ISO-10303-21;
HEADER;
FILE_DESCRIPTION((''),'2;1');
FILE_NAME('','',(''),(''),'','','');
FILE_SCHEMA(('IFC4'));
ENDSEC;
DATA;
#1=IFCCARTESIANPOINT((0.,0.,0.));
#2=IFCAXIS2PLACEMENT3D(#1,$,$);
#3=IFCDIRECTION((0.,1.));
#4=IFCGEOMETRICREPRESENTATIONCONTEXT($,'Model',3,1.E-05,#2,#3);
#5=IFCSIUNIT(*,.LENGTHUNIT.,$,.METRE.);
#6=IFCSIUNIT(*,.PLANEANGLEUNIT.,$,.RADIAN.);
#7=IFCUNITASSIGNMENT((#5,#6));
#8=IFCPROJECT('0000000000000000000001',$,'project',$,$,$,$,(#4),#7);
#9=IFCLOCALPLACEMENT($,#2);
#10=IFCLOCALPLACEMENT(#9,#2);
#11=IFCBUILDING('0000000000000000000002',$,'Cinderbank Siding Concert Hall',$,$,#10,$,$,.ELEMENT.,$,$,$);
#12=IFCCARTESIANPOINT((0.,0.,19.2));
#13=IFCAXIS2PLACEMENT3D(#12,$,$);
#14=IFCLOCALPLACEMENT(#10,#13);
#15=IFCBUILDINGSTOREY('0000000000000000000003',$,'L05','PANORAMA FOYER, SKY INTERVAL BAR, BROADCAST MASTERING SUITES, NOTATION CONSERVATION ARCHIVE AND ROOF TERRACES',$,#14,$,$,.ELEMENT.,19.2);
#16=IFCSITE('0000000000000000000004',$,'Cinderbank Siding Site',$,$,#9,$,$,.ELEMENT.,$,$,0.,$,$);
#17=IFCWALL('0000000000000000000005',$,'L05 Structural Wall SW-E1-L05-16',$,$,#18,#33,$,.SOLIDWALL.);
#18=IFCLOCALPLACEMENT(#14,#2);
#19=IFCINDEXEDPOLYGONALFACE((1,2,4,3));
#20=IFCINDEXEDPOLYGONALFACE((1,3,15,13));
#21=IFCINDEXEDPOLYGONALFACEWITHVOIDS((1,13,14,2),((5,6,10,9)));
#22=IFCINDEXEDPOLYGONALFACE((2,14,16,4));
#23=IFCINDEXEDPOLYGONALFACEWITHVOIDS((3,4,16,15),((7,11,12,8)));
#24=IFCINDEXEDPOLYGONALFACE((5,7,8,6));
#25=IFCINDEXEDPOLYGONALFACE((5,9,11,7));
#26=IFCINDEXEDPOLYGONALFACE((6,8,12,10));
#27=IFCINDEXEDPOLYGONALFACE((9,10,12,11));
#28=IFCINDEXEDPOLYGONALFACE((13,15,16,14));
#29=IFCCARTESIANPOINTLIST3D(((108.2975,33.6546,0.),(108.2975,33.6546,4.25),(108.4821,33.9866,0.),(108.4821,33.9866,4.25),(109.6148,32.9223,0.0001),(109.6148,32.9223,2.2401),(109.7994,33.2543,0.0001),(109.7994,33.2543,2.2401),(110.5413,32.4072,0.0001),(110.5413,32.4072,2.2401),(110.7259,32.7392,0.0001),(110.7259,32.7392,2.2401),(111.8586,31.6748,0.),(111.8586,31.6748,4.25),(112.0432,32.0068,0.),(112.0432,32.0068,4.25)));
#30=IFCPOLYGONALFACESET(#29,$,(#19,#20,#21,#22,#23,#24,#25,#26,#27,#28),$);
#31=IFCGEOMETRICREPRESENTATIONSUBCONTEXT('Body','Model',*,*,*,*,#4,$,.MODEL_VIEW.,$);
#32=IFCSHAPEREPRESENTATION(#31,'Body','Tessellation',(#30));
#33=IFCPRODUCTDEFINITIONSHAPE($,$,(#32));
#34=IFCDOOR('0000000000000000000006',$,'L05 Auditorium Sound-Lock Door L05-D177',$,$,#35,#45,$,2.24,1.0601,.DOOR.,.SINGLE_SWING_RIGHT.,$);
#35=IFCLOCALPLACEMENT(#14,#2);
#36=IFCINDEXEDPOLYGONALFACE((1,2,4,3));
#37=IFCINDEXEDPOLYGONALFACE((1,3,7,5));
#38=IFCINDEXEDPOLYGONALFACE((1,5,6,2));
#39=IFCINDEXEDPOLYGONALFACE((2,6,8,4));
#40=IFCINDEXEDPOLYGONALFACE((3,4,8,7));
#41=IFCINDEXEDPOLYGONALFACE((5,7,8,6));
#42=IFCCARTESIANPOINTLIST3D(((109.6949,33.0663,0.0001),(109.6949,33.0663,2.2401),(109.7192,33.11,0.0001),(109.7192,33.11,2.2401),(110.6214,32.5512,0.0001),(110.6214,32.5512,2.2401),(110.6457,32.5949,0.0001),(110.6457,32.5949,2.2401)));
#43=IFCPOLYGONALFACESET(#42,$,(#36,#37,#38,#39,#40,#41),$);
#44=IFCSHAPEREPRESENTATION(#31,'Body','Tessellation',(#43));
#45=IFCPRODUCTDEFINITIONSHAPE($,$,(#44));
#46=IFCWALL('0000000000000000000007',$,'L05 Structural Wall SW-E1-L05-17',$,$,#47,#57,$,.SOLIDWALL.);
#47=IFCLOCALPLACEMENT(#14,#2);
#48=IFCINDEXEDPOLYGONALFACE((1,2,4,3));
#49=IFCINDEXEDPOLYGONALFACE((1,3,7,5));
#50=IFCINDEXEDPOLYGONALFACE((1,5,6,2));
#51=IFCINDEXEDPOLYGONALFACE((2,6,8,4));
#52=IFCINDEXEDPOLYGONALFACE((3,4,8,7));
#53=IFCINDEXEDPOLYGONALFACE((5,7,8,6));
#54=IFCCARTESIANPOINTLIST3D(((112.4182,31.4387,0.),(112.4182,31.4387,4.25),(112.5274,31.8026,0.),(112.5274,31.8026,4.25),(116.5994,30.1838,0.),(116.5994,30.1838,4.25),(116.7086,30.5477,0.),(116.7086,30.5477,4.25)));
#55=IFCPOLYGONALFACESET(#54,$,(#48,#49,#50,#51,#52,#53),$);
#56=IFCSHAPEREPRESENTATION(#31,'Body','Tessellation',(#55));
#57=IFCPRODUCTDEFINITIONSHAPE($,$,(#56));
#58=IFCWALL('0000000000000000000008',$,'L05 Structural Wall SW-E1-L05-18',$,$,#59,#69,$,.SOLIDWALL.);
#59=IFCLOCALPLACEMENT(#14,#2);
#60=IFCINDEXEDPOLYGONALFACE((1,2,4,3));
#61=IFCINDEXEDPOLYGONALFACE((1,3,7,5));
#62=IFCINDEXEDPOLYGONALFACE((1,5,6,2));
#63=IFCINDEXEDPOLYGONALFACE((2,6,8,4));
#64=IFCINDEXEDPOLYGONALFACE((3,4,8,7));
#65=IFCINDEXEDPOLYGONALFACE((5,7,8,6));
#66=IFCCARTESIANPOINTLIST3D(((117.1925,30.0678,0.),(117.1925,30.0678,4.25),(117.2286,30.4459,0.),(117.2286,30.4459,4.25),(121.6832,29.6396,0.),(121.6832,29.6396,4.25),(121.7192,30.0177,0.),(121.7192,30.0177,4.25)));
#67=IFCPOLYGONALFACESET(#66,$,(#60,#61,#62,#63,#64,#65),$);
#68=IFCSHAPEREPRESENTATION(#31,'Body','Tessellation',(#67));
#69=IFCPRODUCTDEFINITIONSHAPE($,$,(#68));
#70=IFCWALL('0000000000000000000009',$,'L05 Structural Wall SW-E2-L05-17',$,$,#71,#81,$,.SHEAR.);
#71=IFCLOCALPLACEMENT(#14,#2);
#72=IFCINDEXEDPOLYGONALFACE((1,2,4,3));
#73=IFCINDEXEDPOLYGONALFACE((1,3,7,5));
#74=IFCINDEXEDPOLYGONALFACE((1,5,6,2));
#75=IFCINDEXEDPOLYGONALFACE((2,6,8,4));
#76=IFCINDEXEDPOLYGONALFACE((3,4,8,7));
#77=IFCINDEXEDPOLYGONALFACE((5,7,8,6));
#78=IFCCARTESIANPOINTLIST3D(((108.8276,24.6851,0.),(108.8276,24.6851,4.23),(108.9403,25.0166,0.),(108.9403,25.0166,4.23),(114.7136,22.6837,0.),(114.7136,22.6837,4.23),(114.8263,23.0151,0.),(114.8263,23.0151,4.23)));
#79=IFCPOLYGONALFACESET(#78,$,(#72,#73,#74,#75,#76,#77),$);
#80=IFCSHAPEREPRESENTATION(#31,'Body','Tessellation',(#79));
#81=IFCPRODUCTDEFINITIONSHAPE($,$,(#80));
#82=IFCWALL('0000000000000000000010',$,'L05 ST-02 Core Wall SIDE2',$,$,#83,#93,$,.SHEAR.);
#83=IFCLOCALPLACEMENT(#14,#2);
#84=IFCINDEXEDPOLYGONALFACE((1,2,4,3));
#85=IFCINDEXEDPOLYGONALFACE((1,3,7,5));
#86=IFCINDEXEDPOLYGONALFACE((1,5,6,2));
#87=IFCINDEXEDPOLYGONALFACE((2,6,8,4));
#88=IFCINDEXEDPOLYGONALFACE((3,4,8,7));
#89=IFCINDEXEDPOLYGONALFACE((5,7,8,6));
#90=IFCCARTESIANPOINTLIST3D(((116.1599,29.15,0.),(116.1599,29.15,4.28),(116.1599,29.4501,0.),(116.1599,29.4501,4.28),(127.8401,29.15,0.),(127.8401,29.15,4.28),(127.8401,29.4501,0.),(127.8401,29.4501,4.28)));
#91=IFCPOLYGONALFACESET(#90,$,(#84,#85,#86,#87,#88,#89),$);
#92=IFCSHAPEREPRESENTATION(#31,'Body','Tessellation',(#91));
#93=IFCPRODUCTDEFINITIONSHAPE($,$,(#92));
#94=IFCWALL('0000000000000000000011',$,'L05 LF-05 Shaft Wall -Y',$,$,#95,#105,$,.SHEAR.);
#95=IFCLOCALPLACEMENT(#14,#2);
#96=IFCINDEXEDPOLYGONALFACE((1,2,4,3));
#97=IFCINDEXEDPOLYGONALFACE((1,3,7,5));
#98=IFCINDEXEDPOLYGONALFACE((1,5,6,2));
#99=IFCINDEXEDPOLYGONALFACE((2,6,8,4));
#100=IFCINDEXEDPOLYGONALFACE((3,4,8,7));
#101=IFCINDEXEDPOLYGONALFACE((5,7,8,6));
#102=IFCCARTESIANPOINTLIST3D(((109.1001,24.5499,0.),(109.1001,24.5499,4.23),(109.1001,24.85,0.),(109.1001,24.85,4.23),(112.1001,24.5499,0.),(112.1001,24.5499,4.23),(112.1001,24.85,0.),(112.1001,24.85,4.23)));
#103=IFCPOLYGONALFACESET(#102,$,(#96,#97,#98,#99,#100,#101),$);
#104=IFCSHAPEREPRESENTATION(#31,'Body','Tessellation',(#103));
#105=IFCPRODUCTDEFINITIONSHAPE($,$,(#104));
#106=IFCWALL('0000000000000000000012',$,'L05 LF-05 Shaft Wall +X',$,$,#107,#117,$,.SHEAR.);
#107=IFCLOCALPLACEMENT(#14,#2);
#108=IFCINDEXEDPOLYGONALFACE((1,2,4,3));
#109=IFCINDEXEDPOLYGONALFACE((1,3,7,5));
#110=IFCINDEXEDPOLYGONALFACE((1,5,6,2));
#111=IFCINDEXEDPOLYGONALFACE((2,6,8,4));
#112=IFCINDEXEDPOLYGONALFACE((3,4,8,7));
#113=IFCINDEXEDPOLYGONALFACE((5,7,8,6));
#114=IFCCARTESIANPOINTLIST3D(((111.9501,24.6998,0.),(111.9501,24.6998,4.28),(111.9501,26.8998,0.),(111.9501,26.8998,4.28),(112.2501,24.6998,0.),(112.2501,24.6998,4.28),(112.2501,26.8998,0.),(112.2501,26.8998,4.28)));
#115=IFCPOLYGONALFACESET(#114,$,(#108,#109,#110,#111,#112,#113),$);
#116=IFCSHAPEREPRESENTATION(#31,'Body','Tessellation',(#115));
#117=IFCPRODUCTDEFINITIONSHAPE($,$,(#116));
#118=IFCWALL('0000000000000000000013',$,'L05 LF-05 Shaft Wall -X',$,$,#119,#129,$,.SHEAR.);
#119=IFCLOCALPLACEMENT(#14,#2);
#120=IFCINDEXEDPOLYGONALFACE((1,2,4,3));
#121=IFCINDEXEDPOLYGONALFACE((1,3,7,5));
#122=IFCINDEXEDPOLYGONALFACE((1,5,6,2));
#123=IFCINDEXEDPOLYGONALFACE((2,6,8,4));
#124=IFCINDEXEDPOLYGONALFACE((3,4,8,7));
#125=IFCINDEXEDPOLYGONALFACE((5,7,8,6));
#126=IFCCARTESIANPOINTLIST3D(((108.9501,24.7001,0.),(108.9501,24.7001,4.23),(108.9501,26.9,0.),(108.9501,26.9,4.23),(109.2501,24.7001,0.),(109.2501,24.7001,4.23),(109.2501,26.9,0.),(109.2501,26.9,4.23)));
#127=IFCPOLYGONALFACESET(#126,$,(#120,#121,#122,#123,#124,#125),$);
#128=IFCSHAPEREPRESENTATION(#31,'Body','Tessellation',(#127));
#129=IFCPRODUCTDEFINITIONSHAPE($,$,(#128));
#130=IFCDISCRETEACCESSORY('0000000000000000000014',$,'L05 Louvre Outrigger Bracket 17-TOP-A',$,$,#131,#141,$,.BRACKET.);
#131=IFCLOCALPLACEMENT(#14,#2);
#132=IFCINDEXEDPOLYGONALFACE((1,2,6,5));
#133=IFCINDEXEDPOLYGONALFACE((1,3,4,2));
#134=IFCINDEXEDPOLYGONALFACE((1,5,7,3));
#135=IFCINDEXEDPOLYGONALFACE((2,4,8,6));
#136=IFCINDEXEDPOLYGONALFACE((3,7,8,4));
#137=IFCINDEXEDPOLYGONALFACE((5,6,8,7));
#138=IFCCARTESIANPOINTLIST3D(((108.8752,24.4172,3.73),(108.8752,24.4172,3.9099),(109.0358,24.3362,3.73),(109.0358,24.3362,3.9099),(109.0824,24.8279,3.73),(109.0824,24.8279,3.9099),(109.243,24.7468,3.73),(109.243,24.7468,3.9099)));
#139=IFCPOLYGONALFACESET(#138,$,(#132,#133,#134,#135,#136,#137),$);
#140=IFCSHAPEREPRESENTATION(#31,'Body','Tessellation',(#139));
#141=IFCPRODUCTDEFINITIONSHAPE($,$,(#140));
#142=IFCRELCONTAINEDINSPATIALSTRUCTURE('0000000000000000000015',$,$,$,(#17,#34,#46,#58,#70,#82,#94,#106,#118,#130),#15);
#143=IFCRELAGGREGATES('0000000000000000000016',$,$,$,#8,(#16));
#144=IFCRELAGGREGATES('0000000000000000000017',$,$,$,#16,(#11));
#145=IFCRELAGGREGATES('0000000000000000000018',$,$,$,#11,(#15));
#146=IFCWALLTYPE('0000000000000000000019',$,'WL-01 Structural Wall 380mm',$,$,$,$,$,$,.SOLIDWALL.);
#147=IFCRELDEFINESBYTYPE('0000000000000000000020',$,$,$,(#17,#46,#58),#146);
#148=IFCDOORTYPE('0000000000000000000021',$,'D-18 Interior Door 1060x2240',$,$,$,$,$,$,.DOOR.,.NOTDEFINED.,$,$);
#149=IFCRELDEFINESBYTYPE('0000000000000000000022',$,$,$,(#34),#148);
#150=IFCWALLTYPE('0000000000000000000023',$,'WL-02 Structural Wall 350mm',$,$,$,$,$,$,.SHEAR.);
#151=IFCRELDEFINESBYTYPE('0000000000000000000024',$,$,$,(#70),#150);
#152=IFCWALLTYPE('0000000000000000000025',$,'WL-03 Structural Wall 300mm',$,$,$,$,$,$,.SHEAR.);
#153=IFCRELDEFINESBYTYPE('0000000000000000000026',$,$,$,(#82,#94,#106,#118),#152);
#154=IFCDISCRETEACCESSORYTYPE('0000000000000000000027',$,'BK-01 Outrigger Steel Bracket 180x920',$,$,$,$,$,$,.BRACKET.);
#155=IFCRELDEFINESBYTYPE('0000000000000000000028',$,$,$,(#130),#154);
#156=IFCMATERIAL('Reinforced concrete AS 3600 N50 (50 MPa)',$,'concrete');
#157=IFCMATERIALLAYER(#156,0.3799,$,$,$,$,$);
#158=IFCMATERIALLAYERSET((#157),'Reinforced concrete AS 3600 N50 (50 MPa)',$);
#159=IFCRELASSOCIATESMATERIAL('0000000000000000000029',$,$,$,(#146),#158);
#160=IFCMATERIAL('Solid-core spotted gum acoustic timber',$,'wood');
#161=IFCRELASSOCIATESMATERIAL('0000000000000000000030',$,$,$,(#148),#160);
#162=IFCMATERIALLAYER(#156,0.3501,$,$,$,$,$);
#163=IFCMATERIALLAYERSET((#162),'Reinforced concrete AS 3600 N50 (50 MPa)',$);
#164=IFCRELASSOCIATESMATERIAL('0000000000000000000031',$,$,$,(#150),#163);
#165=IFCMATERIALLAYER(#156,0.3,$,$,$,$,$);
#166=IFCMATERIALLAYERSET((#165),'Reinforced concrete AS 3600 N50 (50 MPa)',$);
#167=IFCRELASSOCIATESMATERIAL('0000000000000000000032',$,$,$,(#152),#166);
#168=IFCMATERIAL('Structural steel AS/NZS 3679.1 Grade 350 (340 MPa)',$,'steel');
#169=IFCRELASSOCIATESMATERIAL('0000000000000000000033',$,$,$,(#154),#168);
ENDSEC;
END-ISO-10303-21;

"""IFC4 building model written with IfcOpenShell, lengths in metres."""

from ifc_helpers import new_model, si_unit, direction, frame, frame_2d, origin, origin_2d, place, context, subcontext, project, spatial, rectangle, extrude, material, layer, layer_set, type_object, element, fill, save


model = new_model("IFC4")

# Units and contexts
model_context = context("Model", 3, precision=1e-05, world=origin(), true_north=direction((0.0, 1.0)))
body_context = subcontext(model_context, "Body", "Model", "MODEL_VIEW")
ifc_project = project(units=[si_unit("LENGTHUNIT", "METRE"), si_unit("PLANEANGLEUNIT", "RADIAN")], contexts=[model_context])

# Site, building, storey
site_placement = place(None, origin())
site = spatial("IfcSite", under=ifc_project, at=site_placement, Name="Cinderbank Siding Site", CompositionType="ELEMENT", RefElevation=0.0)
building_placement = place(site_placement, origin())
building = spatial("IfcBuilding", under=site, at=building_placement, Name="Cinderbank Siding Concert Hall", CompositionType="ELEMENT")
storey_placement = place(building_placement, frame((0.0, 0.0, 19.2)))
storey = spatial("IfcBuildingStorey", under=building, at=storey_placement, Name="L05", Description="PANORAMA FOYER, SKY INTERVAL BAR, BROADCAST MASTERING SUITES, NOTATION CONSERVATION ARCHIVE AND ROOF TERRACES", CompositionType="ELEMENT", Elevation=19.2)

# Shared definitions
ifc_material_1 = material(Name="Reinforced concrete AS 3600 N50 (50 MPa)", Category="concrete")

# Shared definitions
ifc_material_2 = material(Name="Structural steel AS/NZS 3679.1 Grade 350 (340 MPa)", Category="steel")

# Wall, opening, door
ifc_layer_1 = layer(ifc_material_1, 0.3799)
ifc_layer_set_1 = layer_set([ifc_layer_1], Name="Reinforced concrete AS 3600 N50 (50 MPa)")
wall_type_1 = type_object("IfcWallType", Name="WL-01 Structural Wall 380mm", PredefinedType="SOLIDWALL", material=ifc_layer_set_1)
wall_1_placement = place(storey_placement, frame((108.3899, 33.8206, 0.0), z_axis=(0.0, 0.0, 1.0), x_axis=(0.874013, -0.485902, 0.0)))
wall_1 = element("IfcWall", 1, at=wall_1_placement, inside=storey, type_object=wall_type_1, Name="L05 Structural Wall SW-E1-L05-16", PredefinedType="SOLIDWALL", context=body_context, shape_type="SweptSolid", body=[
    extrude(rectangle(XDim=4.0745, YDim=0.3799, at=frame_2d((2.0371, 0.0))), origin(), (0.0, 0.0, 1.0), 4.25),
])
opening_1_placement = place(wall_1_placement, frame((1.5071, 0.0, 0.0)))
opening_1 = element("IfcOpeningElement", 2, at=opening_1_placement, cuts=wall_1, PredefinedType="OPENING", context=body_context, shape_type="SweptSolid", body=[
    extrude(rectangle(XDim=1.0601, YDim=2.24, at=frame_2d((0.53, 1.1201))), frame((0.0, 0.2019, 0.0), z_axis=(0.0, -1.0, 0.0), x_axis=(1.0, 0.0, 0.0)), (0.0, 0.0, 1.0), 0.4038),
])
ifc_material_3 = material(Name="Solid-core spotted gum acoustic timber", Category="wood")
door_type_1 = type_object("IfcDoorType", Name="D-18 Interior Door 1060x2240", OperationType="NOTDEFINED", PredefinedType="DOOR", material=ifc_material_3)
door_1_placement = place(opening_1_placement, origin())
door_1 = element("IfcDoor", 3, at=door_1_placement, inside=storey, type_object=door_type_1, Name="L05 Auditorium Sound-Lock Door L05-D177", OperationType="SINGLE_SWING_RIGHT", OverallHeight=2.24, OverallWidth=1.0601, PredefinedType="DOOR", context=body_context, shape_type="SweptSolid", body=[
    extrude(rectangle(XDim=1.0601, YDim=2.24, at=frame_2d((0.53, 1.1201))), frame((0.0, 0.0249, 0.0), z_axis=(0.0, -1.0, 0.0), x_axis=(1.0, 0.0, 0.0)), (0.0, 0.0, 1.0), 0.05),
])
fill(opening_1, door_1)

# Walls
wall_2_placement = place(storey_placement, frame((112.4729, 31.6206, 0.0), z_axis=(0.0, 0.0, 1.0), x_axis=(0.957792, -0.287461, 0.0)))
element("IfcWall", 4, at=wall_2_placement, inside=storey, type_object=wall_type_1, Name="L05 Structural Wall SW-E1-L05-17", PredefinedType="SOLIDWALL", context=body_context, shape_type="SweptSolid", body=[
    extrude(rectangle(XDim=4.3655, YDim=0.3799, at=frame_2d((2.1826, 0.0))), origin(), (0.0, 0.0, 1.0), 4.25),
])
wall_3_placement = place(storey_placement, frame((117.2107, 30.2568, 0.0), z_axis=(0.0, 0.0, 1.0), x_axis=(0.995484, -0.094927, 0.0)))
element("IfcWall", 5, at=wall_3_placement, inside=storey, type_object=wall_type_1, Name="L05 Structural Wall SW-E1-L05-18", PredefinedType="SOLIDWALL", context=body_context, shape_type="SweptSolid", body=[
    extrude(rectangle(XDim=4.511, YDim=0.3799, at=frame_2d((2.2554, 0.0))), origin(), (0.0, 0.0, 1.0), 4.25),
])
ifc_layer_2 = layer(ifc_material_1, 0.3501)
ifc_layer_set_2 = layer_set([ifc_layer_2], Name="Reinforced concrete AS 3600 N50 (50 MPa)")
wall_type_2 = type_object("IfcWallType", Name="WL-02 Structural Wall 350mm", PredefinedType="SHEAR", material=ifc_layer_set_2)
wall_4_placement = place(storey_placement, frame((108.884, 24.8508, 0.0), z_axis=(0.0, 0.0, 1.0), x_axis=(0.946761, -0.321936, 0.0)))
element("IfcWall", 6, at=wall_4_placement, inside=storey, type_object=wall_type_2, Name="L05 Structural Wall SW-E2-L05-17", PredefinedType="SHEAR", context=body_context, shape_type="SweptSolid", body=[
    extrude(rectangle(XDim=6.217, YDim=0.3501, at=frame_2d((3.1084, 0.0))), origin(), (0.0, 0.0, 1.0), 4.23),
])
ifc_layer_3 = layer(ifc_material_1, 0.3)
ifc_layer_set_3 = layer_set([ifc_layer_3], Name="Reinforced concrete AS 3600 N50 (50 MPa)")
wall_type_3 = type_object("IfcWallType", Name="WL-03 Structural Wall 300mm", PredefinedType="SHEAR", material=ifc_layer_set_3)
wall_5_placement = place(storey_placement, frame((116.1599, 29.3, 0.0), z_axis=(0.0, 0.0, 1.0), x_axis=(1.0, 0.0, 0.0)))
element("IfcWall", 7, at=wall_5_placement, inside=storey, type_object=wall_type_3, Name="L05 ST-02 Core Wall SIDE2", PredefinedType="SHEAR", context=body_context, shape_type="SweptSolid", body=[
    extrude(rectangle(XDim=11.6802, YDim=0.3, at=frame_2d((5.8401, 0.0))), origin(), (0.0, 0.0, 1.0), 4.28),
])
wall_6_placement = place(storey_placement, frame((112.1001, 24.7, 0.0), z_axis=(0.0, 0.0, 1.0), x_axis=(-1.0, 0.0, 0.0)))
element("IfcWall", 8, at=wall_6_placement, inside=storey, type_object=wall_type_3, Name="L05 LF-05 Shaft Wall -Y", PredefinedType="SHEAR", context=body_context, shape_type="SweptSolid", body=[
    extrude(rectangle(XDim=3.0, YDim=0.3, at=frame_2d((1.5, 0.0))), origin(), (0.0, 0.0, 1.0), 4.23),
])
wall_7_placement = place(storey_placement, frame((112.1001, 26.8999, 0.0), z_axis=(0.0, 0.0, 1.0), x_axis=(0.0, -1.0, 0.0)))
element("IfcWall", 9, at=wall_7_placement, inside=storey, type_object=wall_type_3, Name="L05 LF-05 Shaft Wall +X", PredefinedType="SHEAR", context=body_context, shape_type="SweptSolid", body=[
    extrude(rectangle(XDim=2.2, YDim=0.3, at=frame_2d((1.1001, 0.0))), origin(), (0.0, 0.0, 1.0), 4.28),
])

# Wall
wall_8_placement = place(storey_placement, frame((109.1001, 24.7, 0.0), z_axis=(0.0, 0.0, 1.0), x_axis=(0.0, 1.0, 0.0)))
element("IfcWall", 10, at=wall_8_placement, inside=storey, type_object=wall_type_3, Name="L05 LF-05 Shaft Wall -X", PredefinedType="SHEAR", context=body_context, shape_type="SweptSolid", body=[
    extrude(rectangle(XDim=2.2, YDim=0.3, at=frame_2d((1.1001, 0.0))), origin(), (0.0, 0.0, 1.0), 4.23),
])

# Discrete accessory
discrete_accessory_type = type_object("IfcDiscreteAccessoryType", Name="BK-01 Outrigger Steel Bracket 180x920", PredefinedType="BRACKET", material=ifc_material_2)
discrete_accessory_placement = place(storey_placement, frame((109.0591, 24.582, 3.73), z_axis=(0.0, 0.0, 1.0), x_axis=(-0.450487, -0.892783, 0.0)))
element("IfcDiscreteAccessory", 11, at=discrete_accessory_placement, inside=storey, type_object=discrete_accessory_type, Name="L05 Louvre Outrigger Bracket 17-TOP-A", PredefinedType="BRACKET", context=body_context, shape_type="SweptSolid", body=[
    extrude(rectangle(XDim=0.46, YDim=0.1799, at=origin_2d()), origin(), (0.0, 0.0, 1.0), 0.1799),
])

save(model, "model.ifc")
